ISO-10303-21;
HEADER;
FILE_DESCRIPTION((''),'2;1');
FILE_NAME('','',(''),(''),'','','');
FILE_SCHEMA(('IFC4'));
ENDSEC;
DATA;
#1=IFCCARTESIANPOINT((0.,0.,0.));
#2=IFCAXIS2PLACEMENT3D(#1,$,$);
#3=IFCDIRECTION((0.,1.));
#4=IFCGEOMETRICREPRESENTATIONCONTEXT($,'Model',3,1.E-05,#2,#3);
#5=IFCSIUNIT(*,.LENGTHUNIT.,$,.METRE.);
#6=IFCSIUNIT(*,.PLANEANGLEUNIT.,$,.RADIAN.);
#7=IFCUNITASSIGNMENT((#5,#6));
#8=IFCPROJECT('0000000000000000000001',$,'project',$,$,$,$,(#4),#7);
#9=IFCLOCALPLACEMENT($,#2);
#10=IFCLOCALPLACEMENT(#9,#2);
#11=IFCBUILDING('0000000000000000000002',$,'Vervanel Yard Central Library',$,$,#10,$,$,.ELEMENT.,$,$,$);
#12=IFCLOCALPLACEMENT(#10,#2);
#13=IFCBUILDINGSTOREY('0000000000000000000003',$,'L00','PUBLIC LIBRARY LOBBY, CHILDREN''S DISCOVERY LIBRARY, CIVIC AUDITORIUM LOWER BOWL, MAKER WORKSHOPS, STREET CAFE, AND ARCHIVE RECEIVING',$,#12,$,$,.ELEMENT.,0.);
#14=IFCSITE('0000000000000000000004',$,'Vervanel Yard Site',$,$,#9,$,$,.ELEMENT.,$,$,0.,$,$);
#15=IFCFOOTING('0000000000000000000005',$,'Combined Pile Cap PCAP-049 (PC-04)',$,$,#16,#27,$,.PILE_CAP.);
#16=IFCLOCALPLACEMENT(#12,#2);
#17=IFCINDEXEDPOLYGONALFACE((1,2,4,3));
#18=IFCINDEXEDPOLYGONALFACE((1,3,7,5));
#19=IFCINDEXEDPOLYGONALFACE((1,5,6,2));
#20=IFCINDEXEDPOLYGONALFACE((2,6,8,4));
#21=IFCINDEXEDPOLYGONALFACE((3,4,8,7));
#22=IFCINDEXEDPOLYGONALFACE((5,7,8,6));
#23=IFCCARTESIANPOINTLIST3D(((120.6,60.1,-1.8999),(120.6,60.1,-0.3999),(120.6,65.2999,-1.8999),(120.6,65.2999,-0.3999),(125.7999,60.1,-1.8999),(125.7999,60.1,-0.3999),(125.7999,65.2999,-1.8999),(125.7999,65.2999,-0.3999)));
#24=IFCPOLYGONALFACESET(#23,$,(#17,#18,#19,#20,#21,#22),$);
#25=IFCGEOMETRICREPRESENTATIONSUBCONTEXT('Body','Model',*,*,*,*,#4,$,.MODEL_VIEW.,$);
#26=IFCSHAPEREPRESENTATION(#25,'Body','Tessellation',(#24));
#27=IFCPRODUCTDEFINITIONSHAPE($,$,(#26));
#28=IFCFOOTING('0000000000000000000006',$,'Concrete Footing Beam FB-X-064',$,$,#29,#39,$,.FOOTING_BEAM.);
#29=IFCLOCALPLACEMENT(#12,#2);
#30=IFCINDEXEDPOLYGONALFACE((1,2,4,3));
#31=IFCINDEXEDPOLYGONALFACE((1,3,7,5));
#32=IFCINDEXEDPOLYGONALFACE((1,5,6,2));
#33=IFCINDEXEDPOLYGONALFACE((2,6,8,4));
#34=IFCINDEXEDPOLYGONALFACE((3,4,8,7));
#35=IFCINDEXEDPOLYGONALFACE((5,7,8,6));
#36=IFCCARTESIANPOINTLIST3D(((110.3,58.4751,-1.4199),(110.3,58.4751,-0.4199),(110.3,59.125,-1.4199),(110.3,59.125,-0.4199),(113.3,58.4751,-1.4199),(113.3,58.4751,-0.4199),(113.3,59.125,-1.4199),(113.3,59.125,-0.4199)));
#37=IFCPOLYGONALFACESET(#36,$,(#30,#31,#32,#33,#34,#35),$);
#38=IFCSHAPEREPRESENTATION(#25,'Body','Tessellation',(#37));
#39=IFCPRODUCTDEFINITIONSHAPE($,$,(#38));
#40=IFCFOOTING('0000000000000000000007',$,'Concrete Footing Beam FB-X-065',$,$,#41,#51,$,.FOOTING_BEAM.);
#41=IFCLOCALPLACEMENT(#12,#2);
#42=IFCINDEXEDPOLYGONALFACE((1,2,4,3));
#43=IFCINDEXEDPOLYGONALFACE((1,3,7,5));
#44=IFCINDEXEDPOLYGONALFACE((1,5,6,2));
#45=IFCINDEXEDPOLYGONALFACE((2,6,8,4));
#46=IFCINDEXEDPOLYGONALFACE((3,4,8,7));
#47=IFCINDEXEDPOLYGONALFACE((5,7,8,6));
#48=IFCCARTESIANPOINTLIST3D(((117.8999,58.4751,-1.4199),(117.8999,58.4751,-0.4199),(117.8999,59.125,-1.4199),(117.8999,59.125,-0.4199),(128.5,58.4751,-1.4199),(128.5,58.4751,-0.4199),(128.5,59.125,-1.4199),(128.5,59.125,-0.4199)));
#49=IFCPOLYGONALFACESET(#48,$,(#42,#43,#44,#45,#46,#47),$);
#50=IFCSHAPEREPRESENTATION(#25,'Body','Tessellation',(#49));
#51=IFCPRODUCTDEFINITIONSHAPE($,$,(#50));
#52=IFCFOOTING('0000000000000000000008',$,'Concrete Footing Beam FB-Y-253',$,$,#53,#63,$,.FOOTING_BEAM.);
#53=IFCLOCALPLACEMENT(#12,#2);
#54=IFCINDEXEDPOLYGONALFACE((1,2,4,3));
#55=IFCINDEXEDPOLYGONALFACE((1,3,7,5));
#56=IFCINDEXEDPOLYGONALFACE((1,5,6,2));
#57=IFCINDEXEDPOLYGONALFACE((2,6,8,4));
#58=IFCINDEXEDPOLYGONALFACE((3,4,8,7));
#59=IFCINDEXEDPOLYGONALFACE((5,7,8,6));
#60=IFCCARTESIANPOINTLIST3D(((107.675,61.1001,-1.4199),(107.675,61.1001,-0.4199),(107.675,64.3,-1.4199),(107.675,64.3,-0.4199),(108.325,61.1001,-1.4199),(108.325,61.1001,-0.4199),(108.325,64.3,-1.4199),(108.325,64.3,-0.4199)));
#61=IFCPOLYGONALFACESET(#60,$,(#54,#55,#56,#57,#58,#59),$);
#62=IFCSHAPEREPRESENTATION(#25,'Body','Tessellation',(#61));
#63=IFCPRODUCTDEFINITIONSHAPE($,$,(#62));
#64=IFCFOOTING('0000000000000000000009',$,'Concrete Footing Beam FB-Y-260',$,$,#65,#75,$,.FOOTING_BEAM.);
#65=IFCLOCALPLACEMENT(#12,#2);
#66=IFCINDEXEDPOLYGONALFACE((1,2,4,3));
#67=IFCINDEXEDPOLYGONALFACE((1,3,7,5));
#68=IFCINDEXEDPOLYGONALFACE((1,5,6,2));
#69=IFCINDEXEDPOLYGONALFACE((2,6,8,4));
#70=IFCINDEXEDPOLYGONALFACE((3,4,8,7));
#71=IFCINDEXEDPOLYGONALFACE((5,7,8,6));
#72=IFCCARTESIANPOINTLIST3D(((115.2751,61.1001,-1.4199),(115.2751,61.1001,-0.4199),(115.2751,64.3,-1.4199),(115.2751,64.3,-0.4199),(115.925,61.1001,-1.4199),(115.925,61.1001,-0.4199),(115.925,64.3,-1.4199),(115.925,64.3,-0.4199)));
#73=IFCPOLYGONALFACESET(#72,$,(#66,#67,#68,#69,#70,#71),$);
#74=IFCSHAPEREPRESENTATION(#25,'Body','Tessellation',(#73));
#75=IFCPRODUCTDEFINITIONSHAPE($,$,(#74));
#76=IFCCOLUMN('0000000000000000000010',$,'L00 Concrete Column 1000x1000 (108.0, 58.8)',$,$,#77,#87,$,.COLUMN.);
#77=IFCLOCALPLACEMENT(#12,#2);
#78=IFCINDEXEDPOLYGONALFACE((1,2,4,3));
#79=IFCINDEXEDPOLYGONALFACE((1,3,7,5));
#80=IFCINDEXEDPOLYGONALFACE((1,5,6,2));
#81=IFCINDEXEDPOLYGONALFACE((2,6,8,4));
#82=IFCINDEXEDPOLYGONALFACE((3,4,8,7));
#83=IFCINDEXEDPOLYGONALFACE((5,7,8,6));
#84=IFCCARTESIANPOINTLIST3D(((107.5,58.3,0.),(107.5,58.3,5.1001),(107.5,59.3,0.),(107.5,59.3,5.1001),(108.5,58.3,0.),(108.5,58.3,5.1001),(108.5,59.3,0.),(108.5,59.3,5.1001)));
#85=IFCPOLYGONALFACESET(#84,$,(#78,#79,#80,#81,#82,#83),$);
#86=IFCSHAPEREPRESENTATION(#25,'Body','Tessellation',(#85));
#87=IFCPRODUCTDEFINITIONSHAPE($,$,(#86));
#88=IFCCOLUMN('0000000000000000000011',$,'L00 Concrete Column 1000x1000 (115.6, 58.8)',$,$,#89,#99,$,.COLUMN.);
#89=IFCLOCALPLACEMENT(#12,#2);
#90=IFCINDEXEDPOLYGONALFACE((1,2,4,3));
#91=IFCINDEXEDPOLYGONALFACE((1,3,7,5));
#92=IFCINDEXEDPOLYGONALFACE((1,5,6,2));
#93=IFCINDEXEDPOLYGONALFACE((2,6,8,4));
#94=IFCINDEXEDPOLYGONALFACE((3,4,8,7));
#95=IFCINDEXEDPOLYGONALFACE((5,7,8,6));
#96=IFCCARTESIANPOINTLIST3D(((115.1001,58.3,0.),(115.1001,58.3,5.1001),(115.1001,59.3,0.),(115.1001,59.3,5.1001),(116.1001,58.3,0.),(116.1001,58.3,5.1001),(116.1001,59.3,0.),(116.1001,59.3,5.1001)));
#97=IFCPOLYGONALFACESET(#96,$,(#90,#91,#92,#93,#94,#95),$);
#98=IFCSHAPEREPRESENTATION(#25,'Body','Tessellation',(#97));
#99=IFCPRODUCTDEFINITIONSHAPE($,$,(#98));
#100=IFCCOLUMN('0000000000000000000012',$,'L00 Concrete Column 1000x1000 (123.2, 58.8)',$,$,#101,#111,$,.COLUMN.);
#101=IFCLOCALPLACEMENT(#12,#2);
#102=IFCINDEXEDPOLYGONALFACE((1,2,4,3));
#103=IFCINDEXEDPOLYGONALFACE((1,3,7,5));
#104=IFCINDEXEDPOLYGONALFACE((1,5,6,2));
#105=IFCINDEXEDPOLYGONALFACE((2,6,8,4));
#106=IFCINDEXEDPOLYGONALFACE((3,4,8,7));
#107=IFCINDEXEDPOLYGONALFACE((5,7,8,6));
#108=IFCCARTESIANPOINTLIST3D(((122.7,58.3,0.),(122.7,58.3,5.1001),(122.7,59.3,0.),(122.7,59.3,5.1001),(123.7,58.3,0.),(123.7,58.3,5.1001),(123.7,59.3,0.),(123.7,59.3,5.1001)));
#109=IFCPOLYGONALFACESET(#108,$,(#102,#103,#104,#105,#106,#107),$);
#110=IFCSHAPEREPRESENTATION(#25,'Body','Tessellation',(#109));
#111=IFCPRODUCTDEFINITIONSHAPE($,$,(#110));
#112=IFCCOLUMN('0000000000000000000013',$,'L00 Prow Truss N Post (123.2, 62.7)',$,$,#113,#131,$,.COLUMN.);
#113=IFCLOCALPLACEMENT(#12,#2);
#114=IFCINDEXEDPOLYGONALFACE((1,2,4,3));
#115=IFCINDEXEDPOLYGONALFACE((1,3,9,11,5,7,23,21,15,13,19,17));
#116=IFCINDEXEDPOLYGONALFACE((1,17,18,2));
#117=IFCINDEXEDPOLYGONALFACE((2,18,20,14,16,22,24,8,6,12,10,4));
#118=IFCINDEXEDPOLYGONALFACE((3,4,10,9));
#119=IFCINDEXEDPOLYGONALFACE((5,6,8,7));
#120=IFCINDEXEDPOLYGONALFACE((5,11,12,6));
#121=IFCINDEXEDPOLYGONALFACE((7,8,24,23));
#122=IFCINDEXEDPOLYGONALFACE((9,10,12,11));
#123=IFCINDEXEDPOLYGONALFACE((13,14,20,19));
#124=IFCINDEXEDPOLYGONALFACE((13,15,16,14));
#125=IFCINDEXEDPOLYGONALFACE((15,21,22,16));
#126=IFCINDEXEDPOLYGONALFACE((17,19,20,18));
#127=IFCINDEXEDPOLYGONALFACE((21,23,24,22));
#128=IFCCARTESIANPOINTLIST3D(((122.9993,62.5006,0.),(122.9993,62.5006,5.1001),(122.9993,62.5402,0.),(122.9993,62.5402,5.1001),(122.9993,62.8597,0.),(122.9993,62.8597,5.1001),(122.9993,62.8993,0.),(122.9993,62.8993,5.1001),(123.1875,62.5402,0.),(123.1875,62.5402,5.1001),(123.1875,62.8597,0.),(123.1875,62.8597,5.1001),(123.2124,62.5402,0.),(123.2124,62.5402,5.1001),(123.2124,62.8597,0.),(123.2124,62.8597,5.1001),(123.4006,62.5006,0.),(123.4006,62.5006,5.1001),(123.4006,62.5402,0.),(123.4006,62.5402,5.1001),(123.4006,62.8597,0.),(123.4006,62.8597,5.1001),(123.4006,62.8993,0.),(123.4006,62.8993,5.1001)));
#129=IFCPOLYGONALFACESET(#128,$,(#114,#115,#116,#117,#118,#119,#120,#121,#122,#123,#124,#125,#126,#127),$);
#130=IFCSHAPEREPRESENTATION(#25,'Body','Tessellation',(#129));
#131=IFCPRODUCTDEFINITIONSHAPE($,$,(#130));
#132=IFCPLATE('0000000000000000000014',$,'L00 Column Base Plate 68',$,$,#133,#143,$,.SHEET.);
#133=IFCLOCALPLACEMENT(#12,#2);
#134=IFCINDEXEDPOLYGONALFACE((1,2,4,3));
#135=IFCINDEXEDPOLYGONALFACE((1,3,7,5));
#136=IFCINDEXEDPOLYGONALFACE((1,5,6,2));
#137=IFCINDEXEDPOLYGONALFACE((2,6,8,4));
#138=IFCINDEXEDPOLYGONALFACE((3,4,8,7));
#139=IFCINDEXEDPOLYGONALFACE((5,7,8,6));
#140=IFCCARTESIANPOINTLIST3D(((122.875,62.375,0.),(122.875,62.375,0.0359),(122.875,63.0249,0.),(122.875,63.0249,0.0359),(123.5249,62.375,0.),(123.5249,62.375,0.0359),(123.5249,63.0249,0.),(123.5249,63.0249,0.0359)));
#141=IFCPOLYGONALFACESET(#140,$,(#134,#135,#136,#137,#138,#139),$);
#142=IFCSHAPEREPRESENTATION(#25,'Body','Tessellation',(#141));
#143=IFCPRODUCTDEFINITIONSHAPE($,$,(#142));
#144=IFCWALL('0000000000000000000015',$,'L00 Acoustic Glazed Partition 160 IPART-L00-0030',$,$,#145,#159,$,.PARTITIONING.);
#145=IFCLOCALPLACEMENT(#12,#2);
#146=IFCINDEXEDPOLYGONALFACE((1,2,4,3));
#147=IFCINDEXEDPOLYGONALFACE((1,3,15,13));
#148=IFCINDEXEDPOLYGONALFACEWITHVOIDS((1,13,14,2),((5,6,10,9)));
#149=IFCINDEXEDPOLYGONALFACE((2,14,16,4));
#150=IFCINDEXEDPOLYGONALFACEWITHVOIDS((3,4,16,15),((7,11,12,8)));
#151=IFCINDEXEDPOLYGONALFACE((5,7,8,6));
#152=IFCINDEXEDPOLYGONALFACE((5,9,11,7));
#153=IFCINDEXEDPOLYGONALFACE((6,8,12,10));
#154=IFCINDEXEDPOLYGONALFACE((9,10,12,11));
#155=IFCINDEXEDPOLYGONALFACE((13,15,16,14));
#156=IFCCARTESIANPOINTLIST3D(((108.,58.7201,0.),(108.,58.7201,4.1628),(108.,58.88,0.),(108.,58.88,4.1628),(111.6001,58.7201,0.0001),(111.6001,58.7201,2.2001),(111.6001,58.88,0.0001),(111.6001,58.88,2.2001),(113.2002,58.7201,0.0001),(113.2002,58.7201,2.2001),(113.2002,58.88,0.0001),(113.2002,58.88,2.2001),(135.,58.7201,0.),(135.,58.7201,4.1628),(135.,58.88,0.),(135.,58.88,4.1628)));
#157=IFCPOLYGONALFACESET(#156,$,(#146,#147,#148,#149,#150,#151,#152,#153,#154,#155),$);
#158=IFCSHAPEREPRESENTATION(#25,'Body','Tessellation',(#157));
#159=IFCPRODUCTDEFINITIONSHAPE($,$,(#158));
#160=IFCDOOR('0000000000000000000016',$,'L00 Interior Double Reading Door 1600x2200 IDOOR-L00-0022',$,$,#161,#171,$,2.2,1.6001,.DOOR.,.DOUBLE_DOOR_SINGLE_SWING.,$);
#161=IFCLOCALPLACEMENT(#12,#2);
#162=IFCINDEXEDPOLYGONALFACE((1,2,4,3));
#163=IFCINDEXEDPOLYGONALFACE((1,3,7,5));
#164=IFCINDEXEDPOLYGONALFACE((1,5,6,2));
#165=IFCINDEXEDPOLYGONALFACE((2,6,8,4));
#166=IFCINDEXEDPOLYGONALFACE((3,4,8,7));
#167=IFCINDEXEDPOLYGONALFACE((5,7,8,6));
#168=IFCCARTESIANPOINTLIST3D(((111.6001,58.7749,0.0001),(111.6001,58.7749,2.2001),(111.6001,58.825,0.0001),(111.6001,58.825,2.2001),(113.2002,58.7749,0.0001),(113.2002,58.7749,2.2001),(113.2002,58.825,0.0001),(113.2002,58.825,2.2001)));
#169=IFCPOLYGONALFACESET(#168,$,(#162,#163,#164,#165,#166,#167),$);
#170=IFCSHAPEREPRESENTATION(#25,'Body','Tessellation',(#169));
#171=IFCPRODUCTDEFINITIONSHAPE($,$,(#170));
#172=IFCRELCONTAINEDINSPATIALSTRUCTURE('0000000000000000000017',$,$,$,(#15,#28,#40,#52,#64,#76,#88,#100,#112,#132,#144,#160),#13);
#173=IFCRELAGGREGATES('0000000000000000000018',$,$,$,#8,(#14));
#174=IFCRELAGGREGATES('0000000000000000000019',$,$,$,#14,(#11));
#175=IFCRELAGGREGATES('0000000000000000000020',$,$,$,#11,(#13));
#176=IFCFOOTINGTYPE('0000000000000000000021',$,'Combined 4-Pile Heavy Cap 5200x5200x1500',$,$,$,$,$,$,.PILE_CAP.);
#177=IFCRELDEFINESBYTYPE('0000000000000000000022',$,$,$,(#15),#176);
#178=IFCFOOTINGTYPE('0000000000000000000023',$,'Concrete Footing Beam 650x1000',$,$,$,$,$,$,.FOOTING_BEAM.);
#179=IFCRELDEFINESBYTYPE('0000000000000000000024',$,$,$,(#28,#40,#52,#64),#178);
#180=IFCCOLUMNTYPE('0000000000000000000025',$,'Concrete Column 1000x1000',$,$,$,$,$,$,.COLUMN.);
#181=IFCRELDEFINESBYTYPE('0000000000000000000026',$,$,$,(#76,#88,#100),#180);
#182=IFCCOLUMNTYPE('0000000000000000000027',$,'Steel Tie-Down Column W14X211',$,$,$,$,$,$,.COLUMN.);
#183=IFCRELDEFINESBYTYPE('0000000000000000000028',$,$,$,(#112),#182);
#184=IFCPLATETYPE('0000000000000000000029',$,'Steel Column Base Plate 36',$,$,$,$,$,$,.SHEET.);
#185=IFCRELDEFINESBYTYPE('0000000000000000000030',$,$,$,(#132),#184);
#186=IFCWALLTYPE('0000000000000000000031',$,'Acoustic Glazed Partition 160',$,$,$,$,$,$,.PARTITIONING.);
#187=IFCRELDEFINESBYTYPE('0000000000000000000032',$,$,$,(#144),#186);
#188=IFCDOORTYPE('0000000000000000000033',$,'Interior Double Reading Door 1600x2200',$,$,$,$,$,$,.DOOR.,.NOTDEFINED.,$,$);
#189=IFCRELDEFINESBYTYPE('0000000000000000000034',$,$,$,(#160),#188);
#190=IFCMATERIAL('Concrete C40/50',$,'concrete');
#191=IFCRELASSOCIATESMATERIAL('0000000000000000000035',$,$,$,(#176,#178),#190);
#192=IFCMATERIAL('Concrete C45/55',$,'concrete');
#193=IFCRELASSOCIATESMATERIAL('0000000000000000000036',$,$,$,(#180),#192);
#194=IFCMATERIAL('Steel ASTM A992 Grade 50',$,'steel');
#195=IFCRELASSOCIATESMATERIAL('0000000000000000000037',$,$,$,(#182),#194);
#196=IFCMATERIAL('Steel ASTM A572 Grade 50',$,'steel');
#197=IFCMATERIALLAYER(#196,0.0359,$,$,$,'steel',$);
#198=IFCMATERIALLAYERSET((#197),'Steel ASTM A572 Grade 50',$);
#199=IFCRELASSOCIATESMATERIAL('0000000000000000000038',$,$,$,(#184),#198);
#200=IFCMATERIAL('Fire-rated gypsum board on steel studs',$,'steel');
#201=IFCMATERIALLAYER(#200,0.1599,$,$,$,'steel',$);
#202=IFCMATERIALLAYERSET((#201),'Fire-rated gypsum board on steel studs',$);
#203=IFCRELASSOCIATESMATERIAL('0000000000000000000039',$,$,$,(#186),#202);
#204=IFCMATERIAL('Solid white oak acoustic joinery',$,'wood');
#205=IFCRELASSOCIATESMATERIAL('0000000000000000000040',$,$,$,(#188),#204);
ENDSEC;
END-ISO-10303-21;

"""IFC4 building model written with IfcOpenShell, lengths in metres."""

from ifc_helpers import new_model, si_unit, direction, frame, frame_2d, origin, origin_2d, place, context, subcontext, project, spatial, rectangle, i_section, extrude, material, layer, layer_set, material_profile, profile_set, type_object, element, fill, save


model = new_model("IFC4")

# Units and contexts
model_context = context("Model", 3, precision=1e-05, world=origin(), true_north=direction((0.0, 1.0)))
body_context = subcontext(model_context, "Body", "Model", "MODEL_VIEW")
ifc_project = project(units=[si_unit("LENGTHUNIT", "METRE"), si_unit("PLANEANGLEUNIT", "RADIAN")], contexts=[model_context])

# Site, building, storey
site_placement = place(None, origin())
site = spatial("IfcSite", under=ifc_project, at=site_placement, Name="Vervanel Yard Site", CompositionType="ELEMENT", RefElevation=0.0)
building_placement = place(site_placement, origin())
building = spatial("IfcBuilding", under=site, at=building_placement, Name="Vervanel Yard Central Library", CompositionType="ELEMENT")
storey_placement = place(building_placement, origin())
storey = spatial("IfcBuildingStorey", under=building, at=storey_placement, Name="L00", Description="PUBLIC LIBRARY LOBBY, CHILDREN'S DISCOVERY LIBRARY, CIVIC AUDITORIUM LOWER BOWL, MAKER WORKSHOPS, STREET CAFE, AND ARCHIVE RECEIVING", CompositionType="ELEMENT", Elevation=0.0)

# Shared definitions
ifc_material_1 = material(Name="Concrete C40/50", Category="concrete")

# Footings
footing_type_1 = type_object("IfcFootingType", Name="Combined 4-Pile Heavy Cap 5200x5200x1500", PredefinedType="PILE_CAP", material=ifc_material_1)
footing_1_placement = place(storey_placement, frame((123.2, 62.7, -1.8999), z_axis=(0.0, 0.0, 1.0), x_axis=(1.0, 0.0, 0.0)))
element("IfcFooting", 1, at=footing_1_placement, inside=storey, type_object=footing_type_1, Name="Combined Pile Cap PCAP-049 (PC-04)", PredefinedType="PILE_CAP", context=body_context, shape_type="SweptSolid", body=[
    extrude(rectangle(XDim=5.2, YDim=5.2, at=origin_2d()), origin(), (0.0, 0.0, 1.0), 1.5),
])
ifc_material_profile_1 = material_profile(ifc_material_1, rectangle(XDim=0.6499, YDim=1.0, at=origin_2d()), Name="RC 650x1000", Category="concrete")
ifc_profile_set_1 = profile_set([ifc_material_profile_1], Name="Concrete C40/50")
footing_type_2 = type_object("IfcFootingType", Name="Concrete Footing Beam 650x1000", PredefinedType="FOOTING_BEAM", material=ifc_profile_set_1)
footing_2_placement = place(storey_placement, frame((110.3, 58.8, -0.9199), z_axis=(1.0, 0.0, 0.0), x_axis=(0.0, 1.0, 0.0)))
element("IfcFooting", 2, at=footing_2_placement, inside=storey, type_object=footing_type_2, Name="Concrete Footing Beam FB-X-064", PredefinedType="FOOTING_BEAM", context=body_context, shape_type="SweptSolid", body=[
    extrude(rectangle(XDim=0.6499, YDim=1.0, at=origin_2d()), origin(), (0.0, 0.0, 1.0), 3.0),
])
footing_3_placement = place(storey_placement, frame((117.8999, 58.8, -0.9199), z_axis=(1.0, 0.0, 0.0), x_axis=(0.0, 1.0, 0.0)))
element("IfcFooting", 3, at=footing_3_placement, inside=storey, type_object=footing_type_2, Name="Concrete Footing Beam FB-X-065", PredefinedType="FOOTING_BEAM", context=body_context, shape_type="SweptSolid", body=[
    extrude(rectangle(XDim=0.6499, YDim=1.0, at=origin_2d()), origin(), (0.0, 0.0, 1.0), 10.6001),
])
for number, where, z_axis, x_axis, name in (
    (4, (108.0, 61.1001, -0.9199), (0.0, 1.0, 0.0), (-1.0, 0.0, 0.0), "Concrete Footing Beam FB-Y-253"),
    (5, (115.6001, 61.1001, -0.9199), (0.0, 1.0, 0.0), (-1.0, 0.0, 0.0), "Concrete Footing Beam FB-Y-260"),
):
    element("IfcFooting", number, at=place(storey_placement, frame(where, z_axis=z_axis, x_axis=x_axis)), inside=storey, type_object=footing_type_2, Name=name, PredefinedType="FOOTING_BEAM", context=body_context, shape_type="SweptSolid", body=[
        extrude(rectangle(XDim=0.6499, YDim=1.0, at=origin_2d()), origin(), (0.0, 0.0, 1.0), 3.2),
    ])

# Columns
ifc_material_2 = material(Name="Concrete C45/55", Category="concrete")
ifc_material_profile_2 = material_profile(ifc_material_2, rectangle(XDim=1.0, YDim=1.0, at=origin_2d()), Name="RC 1000x1000", Category="concrete")
ifc_profile_set_2 = profile_set([ifc_material_profile_2], Name="Concrete C45/55")
column_type_1 = type_object("IfcColumnType", Name="Concrete Column 1000x1000", PredefinedType="COLUMN", material=ifc_profile_set_2)
for number, where, z_axis, x_axis, name in (
    (6, (108.0, 58.8, 0.0), (0.0, 0.0, 1.0), (1.0, 0.0, 0.0), "L00 Concrete Column 1000x1000 (108.0, 58.8)"),
    (7, (115.6001, 58.8, 0.0), (0.0, 0.0, 1.0), (1.0, 0.0, 0.0), "L00 Concrete Column 1000x1000 (115.6, 58.8)"),
    (8, (123.2, 58.8, 0.0), (0.0, 0.0, 1.0), (1.0, 0.0, 0.0), "L00 Concrete Column 1000x1000 (123.2, 58.8)"),
):
    element("IfcColumn", number, at=place(storey_placement, frame(where, z_axis=z_axis, x_axis=x_axis)), inside=storey, type_object=column_type_1, Name=name, PredefinedType="COLUMN", context=body_context, shape_type="SweptSolid", body=[
        extrude(rectangle(XDim=1.0, YDim=1.0, at=origin_2d()), origin(), (0.0, 0.0, 1.0), 5.1001),
    ])
ifc_material_3 = material(Name="Steel ASTM A992 Grade 50", Category="steel")
ifc_material_profile_3 = material_profile(ifc_material_3, i_section(OverallWidth=0.4014, OverallDepth=0.3987, WebThickness=0.0249, FlangeThickness=0.0396, at=origin_2d()), Name="W14X211", Category="steel")
ifc_profile_set_3 = profile_set([ifc_material_profile_3], Name="Steel ASTM A992 Grade 50")
column_type_2 = type_object("IfcColumnType", Name="Steel Tie-Down Column W14X211", PredefinedType="COLUMN", material=ifc_profile_set_3)
column_placement = place(storey_placement, frame((123.2, 62.7, 0.0), z_axis=(0.0, 0.0, 1.0), x_axis=(1.0, 0.0, 0.0)))
element("IfcColumn", 9, at=column_placement, inside=storey, type_object=column_type_2, Name="L00 Prow Truss N Post (123.2, 62.7)", PredefinedType="COLUMN", context=body_context, shape_type="SweptSolid", body=[
    extrude(i_section(OverallWidth=0.4014, OverallDepth=0.3987, WebThickness=0.0249, FlangeThickness=0.0396, at=origin_2d()), origin(), (0.0, 0.0, 1.0), 5.1001),
])

# Plate
ifc_material_4 = material(Name="Steel ASTM A572 Grade 50", Category="steel")
ifc_layer_1 = layer(ifc_material_4, 0.0359, Category="steel")
ifc_layer_set_1 = layer_set([ifc_layer_1], Name="Steel ASTM A572 Grade 50")
plate_type = type_object("IfcPlateType", Name="Steel Column Base Plate 36", PredefinedType="SHEET", material=ifc_layer_set_1)
plate_placement = place(storey_placement, frame((123.2, 62.7, 0.0), z_axis=(0.0, 0.0, 1.0), x_axis=(1.0, 0.0, 0.0)))
element("IfcPlate", 10, at=plate_placement, inside=storey, type_object=plate_type, Name="L00 Column Base Plate 68", PredefinedType="SHEET", context=body_context, shape_type="SweptSolid", body=[
    extrude(rectangle(XDim=0.6499, YDim=0.6499, at=origin_2d()), origin(), (0.0, 0.0, 1.0), 0.0359),
])

# Wall, opening, door
ifc_material_5 = material(Name="Fire-rated gypsum board on steel studs", Category="steel")
ifc_layer_2 = layer(ifc_material_5, 0.1599, Category="steel")
ifc_layer_set_2 = layer_set([ifc_layer_2], Name="Fire-rated gypsum board on steel studs")
wall_type = type_object("IfcWallType", Name="Acoustic Glazed Partition 160", PredefinedType="PARTITIONING", material=ifc_layer_set_2)
wall_placement = place(storey_placement, frame((108.0, 58.8, 0.0), z_axis=(0.0, 0.0, 1.0), x_axis=(1.0, 0.0, 0.0)))
wall = element("IfcWall", 11, at=wall_placement, inside=storey, type_object=wall_type, Name="L00 Acoustic Glazed Partition 160 IPART-L00-0030", PredefinedType="PARTITIONING", context=body_context, shape_type="SweptSolid", body=[
    extrude(rectangle(XDim=27.0, YDim=0.1599, at=frame_2d((13.5, 0.0))), origin(), (0.0, 0.0, 1.0), 4.1628),
])
opening_placement = place(wall_placement, frame((3.6001, 0.0, 0.0)))
opening = element("IfcOpeningElement", 12, at=opening_placement, cuts=wall, PredefinedType="OPENING", context=body_context, shape_type="SweptSolid", body=[
    extrude(rectangle(XDim=1.6001, YDim=2.2, at=frame_2d((0.8, 1.1001))), frame((0.0, 0.0898, 0.0), z_axis=(0.0, -1.0, 0.0), x_axis=(1.0, 0.0, 0.0)), (0.0, 0.0, 1.0), 0.1799),
])
ifc_material_6 = material(Name="Solid white oak acoustic joinery", Category="wood")
door_type = type_object("IfcDoorType", Name="Interior Double Reading Door 1600x2200", OperationType="NOTDEFINED", PredefinedType="DOOR", material=ifc_material_6)
door_placement = place(opening_placement, origin())
door = element("IfcDoor", 13, at=door_placement, inside=storey, type_object=door_type, Name="L00 Interior Double Reading Door 1600x2200 IDOOR-L00-0022", OperationType="DOUBLE_DOOR_SINGLE_SWING", OverallHeight=2.2, OverallWidth=1.6001, PredefinedType="DOOR", context=body_context, shape_type="SweptSolid", body=[
    extrude(rectangle(XDim=1.6001, YDim=2.2, at=frame_2d((0.8, 1.1001))), frame((0.0, 0.0249, 0.0), z_axis=(0.0, -1.0, 0.0), x_axis=(1.0, 0.0, 0.0)), (0.0, 0.0, 1.0), 0.05),
])
fill(opening, door)

save(model, "model.ifc")
